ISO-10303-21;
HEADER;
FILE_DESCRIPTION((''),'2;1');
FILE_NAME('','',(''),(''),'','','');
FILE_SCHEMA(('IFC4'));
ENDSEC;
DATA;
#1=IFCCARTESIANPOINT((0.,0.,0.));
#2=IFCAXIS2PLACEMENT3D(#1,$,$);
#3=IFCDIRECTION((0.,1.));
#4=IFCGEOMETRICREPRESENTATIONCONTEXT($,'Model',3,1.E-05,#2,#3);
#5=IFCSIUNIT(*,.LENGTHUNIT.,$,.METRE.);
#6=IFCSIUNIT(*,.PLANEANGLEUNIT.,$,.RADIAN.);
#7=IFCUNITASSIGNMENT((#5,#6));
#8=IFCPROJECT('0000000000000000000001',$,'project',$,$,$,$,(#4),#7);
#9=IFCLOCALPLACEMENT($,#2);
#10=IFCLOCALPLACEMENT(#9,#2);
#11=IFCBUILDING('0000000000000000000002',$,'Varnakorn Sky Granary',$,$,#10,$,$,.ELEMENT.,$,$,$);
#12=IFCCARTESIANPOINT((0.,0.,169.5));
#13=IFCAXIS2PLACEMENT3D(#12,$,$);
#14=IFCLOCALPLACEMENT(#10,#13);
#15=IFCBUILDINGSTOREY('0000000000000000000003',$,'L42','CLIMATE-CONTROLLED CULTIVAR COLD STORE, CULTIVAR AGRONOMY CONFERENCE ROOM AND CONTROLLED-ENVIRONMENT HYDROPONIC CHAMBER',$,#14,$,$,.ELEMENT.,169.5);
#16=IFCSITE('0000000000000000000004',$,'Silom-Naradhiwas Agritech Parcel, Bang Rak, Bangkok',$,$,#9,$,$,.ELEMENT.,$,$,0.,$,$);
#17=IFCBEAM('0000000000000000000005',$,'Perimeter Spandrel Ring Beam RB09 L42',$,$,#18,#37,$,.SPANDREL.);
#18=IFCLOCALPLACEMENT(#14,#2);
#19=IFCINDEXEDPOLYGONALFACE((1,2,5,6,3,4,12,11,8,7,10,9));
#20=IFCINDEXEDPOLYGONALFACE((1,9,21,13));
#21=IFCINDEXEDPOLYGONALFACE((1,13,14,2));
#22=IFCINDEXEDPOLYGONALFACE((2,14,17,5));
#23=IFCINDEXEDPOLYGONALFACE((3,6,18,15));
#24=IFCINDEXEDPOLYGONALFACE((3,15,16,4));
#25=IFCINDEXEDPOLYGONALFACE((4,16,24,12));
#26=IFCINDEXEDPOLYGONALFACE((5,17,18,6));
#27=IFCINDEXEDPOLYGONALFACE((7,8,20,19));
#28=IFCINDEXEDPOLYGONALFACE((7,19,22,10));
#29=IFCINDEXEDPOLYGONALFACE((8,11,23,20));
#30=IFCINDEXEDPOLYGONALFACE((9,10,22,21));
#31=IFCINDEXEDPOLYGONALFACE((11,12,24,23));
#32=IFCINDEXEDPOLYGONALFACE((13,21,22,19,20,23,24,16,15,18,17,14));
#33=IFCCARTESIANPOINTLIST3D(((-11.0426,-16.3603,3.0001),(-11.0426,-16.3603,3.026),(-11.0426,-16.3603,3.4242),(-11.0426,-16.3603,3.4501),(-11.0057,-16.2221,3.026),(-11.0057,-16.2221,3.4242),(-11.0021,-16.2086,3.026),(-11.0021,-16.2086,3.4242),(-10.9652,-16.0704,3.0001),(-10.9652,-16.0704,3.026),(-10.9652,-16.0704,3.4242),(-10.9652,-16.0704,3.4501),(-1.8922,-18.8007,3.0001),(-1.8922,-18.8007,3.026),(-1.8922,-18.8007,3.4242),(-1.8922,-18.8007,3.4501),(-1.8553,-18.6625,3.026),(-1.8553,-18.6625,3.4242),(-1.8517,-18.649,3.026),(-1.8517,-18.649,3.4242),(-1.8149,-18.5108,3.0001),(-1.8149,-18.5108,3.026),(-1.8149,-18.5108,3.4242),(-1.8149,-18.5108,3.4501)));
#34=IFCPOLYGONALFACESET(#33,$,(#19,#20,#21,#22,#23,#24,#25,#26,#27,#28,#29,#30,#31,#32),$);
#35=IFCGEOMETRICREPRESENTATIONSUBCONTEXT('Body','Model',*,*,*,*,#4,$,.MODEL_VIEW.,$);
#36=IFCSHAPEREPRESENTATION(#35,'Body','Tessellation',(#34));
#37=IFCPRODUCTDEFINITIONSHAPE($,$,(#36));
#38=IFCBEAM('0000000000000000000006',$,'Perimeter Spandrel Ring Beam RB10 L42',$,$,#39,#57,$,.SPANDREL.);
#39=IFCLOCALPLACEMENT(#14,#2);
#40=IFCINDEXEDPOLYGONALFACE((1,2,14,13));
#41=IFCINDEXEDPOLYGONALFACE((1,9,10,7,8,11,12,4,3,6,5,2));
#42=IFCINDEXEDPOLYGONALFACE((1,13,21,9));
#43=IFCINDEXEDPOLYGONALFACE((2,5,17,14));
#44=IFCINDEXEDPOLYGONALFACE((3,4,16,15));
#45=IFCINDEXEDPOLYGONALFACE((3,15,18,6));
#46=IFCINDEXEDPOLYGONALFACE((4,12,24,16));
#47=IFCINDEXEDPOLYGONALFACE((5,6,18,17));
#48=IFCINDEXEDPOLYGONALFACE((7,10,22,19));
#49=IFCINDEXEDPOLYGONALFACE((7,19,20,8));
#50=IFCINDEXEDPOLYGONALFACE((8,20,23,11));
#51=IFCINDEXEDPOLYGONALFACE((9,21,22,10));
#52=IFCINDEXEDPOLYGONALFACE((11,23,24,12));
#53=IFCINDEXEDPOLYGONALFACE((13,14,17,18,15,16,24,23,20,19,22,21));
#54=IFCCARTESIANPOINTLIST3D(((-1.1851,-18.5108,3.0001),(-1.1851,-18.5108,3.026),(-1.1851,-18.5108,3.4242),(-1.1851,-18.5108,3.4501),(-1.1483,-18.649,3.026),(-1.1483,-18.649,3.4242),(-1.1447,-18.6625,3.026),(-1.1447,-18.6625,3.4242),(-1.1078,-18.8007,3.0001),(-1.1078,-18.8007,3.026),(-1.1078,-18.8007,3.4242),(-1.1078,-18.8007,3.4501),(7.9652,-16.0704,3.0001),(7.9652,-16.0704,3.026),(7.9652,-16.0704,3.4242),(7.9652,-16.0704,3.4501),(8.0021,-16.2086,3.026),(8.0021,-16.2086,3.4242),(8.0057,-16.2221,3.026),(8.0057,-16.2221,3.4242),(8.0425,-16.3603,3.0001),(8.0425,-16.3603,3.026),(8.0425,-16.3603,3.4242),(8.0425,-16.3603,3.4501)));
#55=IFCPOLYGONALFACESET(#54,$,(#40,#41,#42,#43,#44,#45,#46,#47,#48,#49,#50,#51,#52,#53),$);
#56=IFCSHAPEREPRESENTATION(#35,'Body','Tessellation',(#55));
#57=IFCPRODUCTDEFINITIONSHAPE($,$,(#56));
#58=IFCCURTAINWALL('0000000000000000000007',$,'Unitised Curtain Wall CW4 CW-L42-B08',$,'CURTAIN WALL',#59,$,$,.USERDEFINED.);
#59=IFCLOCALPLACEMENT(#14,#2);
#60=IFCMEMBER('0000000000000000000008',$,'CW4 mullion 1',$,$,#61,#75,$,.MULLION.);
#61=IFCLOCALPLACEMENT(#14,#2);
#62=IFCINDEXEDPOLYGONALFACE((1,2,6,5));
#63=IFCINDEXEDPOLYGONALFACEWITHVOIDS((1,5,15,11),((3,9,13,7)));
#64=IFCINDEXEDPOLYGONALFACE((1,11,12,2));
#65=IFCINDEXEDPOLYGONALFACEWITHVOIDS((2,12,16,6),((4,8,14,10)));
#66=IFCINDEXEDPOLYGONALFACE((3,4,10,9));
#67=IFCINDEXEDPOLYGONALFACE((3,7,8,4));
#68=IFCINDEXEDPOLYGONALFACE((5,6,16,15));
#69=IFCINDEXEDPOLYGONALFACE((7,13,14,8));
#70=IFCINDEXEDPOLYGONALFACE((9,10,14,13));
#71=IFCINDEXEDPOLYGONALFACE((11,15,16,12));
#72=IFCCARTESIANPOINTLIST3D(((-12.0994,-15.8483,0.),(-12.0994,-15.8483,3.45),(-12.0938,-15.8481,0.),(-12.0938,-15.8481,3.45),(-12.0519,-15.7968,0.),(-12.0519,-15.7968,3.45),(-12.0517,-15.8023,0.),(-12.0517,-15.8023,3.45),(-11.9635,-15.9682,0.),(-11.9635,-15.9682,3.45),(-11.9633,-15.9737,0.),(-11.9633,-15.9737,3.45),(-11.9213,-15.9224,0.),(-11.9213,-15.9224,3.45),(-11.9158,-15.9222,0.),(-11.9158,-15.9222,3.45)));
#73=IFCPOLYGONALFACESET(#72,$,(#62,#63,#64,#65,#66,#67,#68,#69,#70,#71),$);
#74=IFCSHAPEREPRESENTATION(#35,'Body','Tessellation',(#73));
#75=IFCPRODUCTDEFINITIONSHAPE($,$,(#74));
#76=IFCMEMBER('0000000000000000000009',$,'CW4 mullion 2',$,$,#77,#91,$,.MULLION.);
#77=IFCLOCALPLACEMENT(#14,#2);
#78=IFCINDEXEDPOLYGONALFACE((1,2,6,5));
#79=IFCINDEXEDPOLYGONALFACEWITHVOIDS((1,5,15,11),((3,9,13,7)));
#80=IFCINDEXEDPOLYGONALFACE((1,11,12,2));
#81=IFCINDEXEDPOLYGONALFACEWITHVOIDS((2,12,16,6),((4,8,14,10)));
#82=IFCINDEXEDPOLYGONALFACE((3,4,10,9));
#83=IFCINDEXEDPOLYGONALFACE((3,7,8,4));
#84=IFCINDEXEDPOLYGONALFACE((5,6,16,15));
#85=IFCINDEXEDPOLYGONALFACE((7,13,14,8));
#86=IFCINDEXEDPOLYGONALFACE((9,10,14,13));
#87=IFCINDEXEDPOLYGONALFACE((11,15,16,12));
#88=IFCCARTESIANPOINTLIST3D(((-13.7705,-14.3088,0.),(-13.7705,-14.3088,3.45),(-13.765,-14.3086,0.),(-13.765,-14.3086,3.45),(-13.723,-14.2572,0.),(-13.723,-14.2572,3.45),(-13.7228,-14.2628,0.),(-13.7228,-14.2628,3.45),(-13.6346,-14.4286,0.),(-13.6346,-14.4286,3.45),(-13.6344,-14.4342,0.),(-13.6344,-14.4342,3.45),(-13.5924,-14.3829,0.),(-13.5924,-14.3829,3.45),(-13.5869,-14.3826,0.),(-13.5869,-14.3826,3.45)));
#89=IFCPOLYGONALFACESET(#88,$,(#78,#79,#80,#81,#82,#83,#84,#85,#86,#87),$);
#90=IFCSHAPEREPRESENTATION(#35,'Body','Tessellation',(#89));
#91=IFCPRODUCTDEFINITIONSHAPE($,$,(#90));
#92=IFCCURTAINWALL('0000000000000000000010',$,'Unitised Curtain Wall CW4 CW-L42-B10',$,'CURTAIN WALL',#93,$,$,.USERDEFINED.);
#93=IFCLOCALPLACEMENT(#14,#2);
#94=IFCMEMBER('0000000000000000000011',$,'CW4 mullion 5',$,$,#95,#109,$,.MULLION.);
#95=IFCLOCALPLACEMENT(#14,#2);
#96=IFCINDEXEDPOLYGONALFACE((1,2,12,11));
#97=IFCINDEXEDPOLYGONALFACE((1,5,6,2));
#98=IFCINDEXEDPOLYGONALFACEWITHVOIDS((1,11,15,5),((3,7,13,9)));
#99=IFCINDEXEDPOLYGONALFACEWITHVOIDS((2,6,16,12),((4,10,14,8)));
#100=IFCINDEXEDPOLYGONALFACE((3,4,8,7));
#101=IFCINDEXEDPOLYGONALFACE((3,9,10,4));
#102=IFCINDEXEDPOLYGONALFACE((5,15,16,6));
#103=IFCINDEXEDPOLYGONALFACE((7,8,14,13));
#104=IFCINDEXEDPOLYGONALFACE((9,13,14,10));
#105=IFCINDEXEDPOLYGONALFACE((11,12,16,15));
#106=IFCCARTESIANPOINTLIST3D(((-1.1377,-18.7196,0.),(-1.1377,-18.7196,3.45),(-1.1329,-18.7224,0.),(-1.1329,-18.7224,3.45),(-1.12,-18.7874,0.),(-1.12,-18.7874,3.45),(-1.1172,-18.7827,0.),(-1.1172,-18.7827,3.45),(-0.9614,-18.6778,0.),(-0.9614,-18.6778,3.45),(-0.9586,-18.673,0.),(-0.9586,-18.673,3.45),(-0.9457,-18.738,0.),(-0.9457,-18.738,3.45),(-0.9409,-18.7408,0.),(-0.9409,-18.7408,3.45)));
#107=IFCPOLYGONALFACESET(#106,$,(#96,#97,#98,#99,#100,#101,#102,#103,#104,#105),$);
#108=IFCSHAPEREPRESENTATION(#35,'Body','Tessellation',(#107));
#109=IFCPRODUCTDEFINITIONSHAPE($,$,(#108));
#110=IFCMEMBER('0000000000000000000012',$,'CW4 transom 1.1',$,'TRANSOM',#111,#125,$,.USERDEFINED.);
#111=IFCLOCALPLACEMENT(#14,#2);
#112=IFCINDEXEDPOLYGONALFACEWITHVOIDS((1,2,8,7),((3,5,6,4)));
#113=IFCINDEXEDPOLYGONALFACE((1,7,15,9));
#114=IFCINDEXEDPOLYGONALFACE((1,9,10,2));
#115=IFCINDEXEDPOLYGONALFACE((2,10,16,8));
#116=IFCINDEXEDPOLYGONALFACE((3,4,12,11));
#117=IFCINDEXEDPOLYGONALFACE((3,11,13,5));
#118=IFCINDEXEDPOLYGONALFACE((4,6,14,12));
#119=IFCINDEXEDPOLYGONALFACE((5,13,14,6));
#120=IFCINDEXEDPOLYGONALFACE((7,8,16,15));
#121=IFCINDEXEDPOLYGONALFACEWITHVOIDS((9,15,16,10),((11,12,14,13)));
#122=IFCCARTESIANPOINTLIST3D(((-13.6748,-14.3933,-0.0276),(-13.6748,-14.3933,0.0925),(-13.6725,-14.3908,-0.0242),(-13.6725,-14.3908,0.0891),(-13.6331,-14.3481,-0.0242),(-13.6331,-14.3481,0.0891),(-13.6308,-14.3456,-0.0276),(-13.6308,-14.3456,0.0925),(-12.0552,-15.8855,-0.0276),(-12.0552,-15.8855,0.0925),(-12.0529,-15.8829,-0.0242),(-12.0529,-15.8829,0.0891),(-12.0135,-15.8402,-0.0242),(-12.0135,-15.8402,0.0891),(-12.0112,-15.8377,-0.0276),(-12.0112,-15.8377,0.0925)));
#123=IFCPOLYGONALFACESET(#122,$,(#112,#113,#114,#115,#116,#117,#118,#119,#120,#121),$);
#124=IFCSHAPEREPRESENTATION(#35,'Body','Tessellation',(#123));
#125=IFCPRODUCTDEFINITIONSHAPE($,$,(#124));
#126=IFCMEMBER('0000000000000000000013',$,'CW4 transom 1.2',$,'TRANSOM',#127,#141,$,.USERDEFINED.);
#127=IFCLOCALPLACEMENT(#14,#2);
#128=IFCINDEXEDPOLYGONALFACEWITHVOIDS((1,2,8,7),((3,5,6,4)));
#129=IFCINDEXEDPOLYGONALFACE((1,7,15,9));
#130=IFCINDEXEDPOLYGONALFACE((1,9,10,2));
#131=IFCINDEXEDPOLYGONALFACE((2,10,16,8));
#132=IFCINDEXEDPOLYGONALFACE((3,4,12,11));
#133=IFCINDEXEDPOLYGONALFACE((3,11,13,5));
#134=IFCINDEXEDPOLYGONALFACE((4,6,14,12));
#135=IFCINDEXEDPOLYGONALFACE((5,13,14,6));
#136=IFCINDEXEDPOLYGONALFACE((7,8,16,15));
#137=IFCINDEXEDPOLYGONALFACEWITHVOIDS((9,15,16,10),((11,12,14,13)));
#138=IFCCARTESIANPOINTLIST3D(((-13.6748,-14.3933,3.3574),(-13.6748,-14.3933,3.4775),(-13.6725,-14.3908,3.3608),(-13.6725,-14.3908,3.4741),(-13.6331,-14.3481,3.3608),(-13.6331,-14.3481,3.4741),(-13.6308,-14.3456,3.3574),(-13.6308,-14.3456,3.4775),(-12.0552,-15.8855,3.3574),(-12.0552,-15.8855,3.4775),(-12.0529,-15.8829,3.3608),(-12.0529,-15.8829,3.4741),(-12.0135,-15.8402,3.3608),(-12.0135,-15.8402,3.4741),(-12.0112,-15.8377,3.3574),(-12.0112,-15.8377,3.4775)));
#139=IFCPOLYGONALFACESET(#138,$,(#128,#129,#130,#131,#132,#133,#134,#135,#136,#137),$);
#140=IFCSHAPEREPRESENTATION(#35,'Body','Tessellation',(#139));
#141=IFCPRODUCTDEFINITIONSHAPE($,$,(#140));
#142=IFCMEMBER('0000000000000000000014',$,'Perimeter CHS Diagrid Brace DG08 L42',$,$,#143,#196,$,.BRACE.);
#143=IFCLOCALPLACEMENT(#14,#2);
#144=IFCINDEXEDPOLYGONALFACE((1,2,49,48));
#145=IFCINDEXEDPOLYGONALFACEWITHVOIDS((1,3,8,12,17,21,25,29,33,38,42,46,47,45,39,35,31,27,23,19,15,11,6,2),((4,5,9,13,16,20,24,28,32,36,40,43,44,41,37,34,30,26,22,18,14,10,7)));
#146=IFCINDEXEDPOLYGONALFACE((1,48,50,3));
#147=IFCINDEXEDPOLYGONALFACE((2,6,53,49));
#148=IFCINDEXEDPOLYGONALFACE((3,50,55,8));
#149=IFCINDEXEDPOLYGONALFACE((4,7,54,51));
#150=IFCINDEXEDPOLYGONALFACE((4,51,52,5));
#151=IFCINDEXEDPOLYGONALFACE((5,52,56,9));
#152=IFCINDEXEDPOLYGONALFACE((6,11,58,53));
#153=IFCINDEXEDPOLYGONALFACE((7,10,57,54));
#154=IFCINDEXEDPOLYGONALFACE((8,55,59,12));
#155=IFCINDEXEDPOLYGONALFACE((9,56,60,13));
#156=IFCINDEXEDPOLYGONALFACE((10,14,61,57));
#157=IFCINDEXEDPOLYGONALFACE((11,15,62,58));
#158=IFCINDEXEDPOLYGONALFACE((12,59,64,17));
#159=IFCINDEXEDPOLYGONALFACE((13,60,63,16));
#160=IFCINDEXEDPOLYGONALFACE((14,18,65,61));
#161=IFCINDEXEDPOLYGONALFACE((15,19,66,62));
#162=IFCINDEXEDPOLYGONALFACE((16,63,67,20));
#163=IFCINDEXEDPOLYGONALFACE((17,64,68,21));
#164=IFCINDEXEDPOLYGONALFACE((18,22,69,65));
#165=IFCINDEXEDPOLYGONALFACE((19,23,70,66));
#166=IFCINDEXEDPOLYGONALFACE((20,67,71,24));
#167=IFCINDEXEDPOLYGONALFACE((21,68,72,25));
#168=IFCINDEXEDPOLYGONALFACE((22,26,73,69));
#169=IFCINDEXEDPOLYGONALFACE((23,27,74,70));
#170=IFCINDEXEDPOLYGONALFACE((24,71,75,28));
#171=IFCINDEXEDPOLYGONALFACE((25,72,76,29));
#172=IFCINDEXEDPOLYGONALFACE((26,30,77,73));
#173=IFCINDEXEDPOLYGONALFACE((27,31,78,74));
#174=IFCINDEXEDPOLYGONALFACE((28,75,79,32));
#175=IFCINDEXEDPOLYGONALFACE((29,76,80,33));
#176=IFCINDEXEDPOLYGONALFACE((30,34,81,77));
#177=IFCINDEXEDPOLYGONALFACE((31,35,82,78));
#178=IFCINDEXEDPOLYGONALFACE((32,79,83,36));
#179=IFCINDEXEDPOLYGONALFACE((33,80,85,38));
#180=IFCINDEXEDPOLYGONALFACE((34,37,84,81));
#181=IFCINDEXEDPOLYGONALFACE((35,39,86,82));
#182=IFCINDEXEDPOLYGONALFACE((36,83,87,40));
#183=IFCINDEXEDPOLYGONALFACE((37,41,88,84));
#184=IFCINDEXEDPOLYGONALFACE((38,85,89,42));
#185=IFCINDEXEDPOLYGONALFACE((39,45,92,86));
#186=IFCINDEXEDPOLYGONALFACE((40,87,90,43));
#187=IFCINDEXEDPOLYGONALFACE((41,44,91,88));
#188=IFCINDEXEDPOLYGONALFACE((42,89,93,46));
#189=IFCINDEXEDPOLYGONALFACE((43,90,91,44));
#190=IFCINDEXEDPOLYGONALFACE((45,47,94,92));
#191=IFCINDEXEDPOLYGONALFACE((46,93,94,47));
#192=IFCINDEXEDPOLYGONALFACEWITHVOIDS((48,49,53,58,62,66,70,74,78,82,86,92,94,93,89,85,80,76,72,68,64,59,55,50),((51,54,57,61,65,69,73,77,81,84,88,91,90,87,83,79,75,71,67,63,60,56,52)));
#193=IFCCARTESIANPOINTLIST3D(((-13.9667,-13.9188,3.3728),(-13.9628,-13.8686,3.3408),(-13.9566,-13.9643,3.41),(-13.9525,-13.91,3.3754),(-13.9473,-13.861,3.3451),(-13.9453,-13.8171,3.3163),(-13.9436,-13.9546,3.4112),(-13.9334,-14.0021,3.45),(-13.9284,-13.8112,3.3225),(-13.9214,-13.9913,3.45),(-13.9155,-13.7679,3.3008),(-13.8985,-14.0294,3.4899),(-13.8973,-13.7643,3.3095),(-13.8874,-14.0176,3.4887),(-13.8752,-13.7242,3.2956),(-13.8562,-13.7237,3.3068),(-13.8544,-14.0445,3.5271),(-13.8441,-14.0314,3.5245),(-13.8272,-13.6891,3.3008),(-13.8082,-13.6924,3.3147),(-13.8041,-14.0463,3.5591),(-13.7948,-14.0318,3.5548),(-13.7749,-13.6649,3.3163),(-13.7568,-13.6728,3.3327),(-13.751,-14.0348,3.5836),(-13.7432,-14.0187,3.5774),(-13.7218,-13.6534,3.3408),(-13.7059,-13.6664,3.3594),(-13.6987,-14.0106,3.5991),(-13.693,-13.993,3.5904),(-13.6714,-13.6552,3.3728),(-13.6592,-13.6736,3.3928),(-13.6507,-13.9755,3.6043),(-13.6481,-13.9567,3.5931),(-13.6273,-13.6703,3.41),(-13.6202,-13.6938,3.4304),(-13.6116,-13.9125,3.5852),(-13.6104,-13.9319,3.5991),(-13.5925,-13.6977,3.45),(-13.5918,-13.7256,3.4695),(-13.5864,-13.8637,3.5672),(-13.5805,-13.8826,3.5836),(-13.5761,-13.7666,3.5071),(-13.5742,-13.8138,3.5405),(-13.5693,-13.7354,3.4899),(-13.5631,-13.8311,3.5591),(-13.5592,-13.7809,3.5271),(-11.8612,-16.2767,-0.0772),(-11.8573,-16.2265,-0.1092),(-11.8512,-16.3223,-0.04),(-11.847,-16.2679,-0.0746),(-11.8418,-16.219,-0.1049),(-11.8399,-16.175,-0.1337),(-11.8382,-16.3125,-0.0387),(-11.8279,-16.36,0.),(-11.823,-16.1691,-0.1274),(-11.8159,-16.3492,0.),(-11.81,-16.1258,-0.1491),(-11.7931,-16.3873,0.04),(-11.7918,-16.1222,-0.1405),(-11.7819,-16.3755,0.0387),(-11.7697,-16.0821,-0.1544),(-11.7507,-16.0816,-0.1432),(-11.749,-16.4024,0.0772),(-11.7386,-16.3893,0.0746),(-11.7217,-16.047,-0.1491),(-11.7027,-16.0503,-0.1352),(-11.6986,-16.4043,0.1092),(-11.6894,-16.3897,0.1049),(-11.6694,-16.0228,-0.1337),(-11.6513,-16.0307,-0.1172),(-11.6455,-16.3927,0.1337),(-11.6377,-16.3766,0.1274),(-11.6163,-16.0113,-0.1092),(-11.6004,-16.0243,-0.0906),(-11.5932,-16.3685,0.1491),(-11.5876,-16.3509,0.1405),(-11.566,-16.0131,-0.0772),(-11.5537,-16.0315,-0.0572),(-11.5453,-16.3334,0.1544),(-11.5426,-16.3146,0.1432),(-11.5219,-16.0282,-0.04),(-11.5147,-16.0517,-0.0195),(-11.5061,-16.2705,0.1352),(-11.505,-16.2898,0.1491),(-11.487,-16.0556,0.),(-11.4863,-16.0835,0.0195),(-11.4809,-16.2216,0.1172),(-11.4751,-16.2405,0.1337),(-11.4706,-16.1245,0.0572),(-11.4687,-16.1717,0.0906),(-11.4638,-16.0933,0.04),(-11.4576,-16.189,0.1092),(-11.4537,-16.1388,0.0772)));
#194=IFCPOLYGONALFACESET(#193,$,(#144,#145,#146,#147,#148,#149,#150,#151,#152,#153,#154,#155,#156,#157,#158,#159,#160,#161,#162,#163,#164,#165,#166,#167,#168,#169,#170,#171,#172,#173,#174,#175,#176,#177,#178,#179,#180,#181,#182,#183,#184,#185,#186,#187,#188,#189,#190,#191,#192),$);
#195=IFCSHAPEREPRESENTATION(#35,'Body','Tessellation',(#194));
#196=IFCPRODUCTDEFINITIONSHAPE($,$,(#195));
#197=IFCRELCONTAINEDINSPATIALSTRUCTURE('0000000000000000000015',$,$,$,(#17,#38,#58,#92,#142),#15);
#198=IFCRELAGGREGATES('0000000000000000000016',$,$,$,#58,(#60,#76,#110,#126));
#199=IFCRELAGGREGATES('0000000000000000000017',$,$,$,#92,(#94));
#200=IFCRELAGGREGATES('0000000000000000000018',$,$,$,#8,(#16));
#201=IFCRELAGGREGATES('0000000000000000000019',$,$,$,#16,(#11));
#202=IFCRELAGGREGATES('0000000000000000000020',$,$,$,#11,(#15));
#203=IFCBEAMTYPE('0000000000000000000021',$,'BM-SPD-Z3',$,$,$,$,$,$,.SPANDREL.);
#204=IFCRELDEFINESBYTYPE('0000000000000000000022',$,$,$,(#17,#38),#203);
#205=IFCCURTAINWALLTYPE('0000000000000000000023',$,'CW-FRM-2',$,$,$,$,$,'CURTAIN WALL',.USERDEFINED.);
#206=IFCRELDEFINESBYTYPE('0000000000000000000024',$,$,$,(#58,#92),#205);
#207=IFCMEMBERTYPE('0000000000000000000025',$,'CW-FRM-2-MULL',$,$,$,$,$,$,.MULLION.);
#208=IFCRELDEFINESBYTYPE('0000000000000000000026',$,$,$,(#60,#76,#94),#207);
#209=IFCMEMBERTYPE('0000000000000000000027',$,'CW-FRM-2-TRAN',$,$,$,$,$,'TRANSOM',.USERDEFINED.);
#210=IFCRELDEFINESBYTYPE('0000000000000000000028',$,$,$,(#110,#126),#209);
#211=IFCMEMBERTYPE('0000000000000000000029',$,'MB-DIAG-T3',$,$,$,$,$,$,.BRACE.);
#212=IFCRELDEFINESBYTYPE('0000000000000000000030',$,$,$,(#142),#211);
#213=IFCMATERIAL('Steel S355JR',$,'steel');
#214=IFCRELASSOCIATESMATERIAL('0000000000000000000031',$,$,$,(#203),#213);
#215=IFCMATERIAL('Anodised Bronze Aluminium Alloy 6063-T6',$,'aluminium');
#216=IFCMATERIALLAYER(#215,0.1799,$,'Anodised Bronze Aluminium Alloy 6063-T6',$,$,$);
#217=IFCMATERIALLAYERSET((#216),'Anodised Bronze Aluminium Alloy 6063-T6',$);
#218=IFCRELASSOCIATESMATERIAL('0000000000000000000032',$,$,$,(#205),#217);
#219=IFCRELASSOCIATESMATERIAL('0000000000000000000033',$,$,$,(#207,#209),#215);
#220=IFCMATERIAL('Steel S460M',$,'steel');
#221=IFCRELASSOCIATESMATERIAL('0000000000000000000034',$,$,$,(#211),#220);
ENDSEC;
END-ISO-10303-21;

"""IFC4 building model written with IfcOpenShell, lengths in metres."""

from ifc_helpers import new_model, si_unit, direction, frame, origin, origin_2d, place, context, subcontext, project, spatial, hollow_rectangle, hollow_circle, i_section, extrude, material, layer, layer_set, material_profile, profile_set, type_object, element, aggregate, save


model = new_model("IFC4")

# Units and contexts
model_context = context("Model", 3, precision=1e-05, world=origin(), true_north=direction((0.0, 1.0)))
body_context = subcontext(model_context, "Body", "Model", "MODEL_VIEW")
ifc_project = project(units=[si_unit("LENGTHUNIT", "METRE"), si_unit("PLANEANGLEUNIT", "RADIAN")], contexts=[model_context])

# Site, building, storey
site_placement = place(None, origin())
site = spatial("IfcSite", under=ifc_project, at=site_placement, Name="Silom-Naradhiwas Agritech Parcel, Bang Rak, Bangkok", CompositionType="ELEMENT", RefElevation=0.0)
building_placement = place(site_placement, origin())
building = spatial("IfcBuilding", under=site, at=building_placement, Name="Varnakorn Sky Granary", CompositionType="ELEMENT")
storey_placement = place(building_placement, frame((0.0, 0.0, 169.5)))
storey = spatial("IfcBuildingStorey", under=building, at=storey_placement, Name="L42", Description="CLIMATE-CONTROLLED CULTIVAR COLD STORE, CULTIVAR AGRONOMY CONFERENCE ROOM AND CONTROLLED-ENVIRONMENT HYDROPONIC CHAMBER", CompositionType="ELEMENT", Elevation=169.5)

# Shared definitions
ifc_material_1 = material(Name="Steel S460M", Category="steel")

# Beams
ifc_material_2 = material(Name="Steel S355JR", Category="steel")
ifc_material_profile_1 = material_profile(ifc_material_2, i_section(OverallWidth=0.3, OverallDepth=0.45, WebThickness=0.0139, FlangeThickness=0.0259, at=origin_2d()), Name="HE 450 B")
ifc_profile_set_1 = profile_set([ifc_material_profile_1], Name="Steel S355JR")
beam_type_1 = type_object("IfcBeamType", Name="BM-SPD-Z3", PredefinedType="SPANDREL", material=ifc_profile_set_1)
for number, where, z_axis, x_axis, name in (
    (1, (-11.0039, -16.2153, 3.2251), (0.966226, -0.257695, 0.0), (0.257695, 0.966226, 0.0), "Perimeter Spandrel Ring Beam RB09 L42"),
    (2, (-1.1465, -18.6558, 3.2251), (0.966226, 0.257695, 0.0), (-0.257695, 0.966226, 0.0), "Perimeter Spandrel Ring Beam RB10 L42"),
):
    element("IfcBeam", number, at=place(storey_placement, frame(where, z_axis=z_axis, x_axis=x_axis)), inside=storey, type_object=beam_type_1, Name=name, PredefinedType="SPANDREL", context=body_context, shape_type="SweptSolid", body=[
        extrude(i_section(OverallWidth=0.3, OverallDepth=0.45, WebThickness=0.0139, FlangeThickness=0.0259, at=origin_2d()), origin(), (0.0, 0.0, 1.0), 9.4702),
    ])

# Curtain wall, members
ifc_material_3 = material(Name="Anodised Bronze Aluminium Alloy 6063-T6", Category="aluminium")
ifc_layer_1 = layer(ifc_material_3, 0.1799, Name="Anodised Bronze Aluminium Alloy 6063-T6")
ifc_layer_set_1 = layer_set([ifc_layer_1], Name="Anodised Bronze Aluminium Alloy 6063-T6")
curtain_wall_type = type_object("IfcCurtainWallType", Name="CW-FRM-2", ElementType="CURTAIN WALL", PredefinedType="USERDEFINED", material=ifc_layer_set_1)
curtain_wall_1_placement = place(storey_placement, origin())
curtain_wall_1 = element("IfcCurtainWall", 3, at=curtain_wall_1_placement, inside=storey, type_object=curtain_wall_type, Name="Unitised Curtain Wall CW4 CW-L42-B08", ObjectType="CURTAIN WALL", PredefinedType="USERDEFINED")
ifc_material_profile_2 = material_profile(ifc_material_3, hollow_rectangle(XDim=0.0701, YDim=0.1851, WallThickness=0.0039, at=origin_2d()), Name="ALU MULL 70x185")
ifc_profile_set_2 = profile_set([ifc_material_profile_2], Name="Anodised Bronze Aluminium Alloy 6063-T6")
member_type_1 = type_object("IfcMemberType", Name="CW-FRM-2-MULL", PredefinedType="MULLION", material=ifc_profile_set_2)
member_1_placement = place(storey_placement, frame((-12.0076, -15.8853, 0.0), z_axis=(0.0, 0.0, 1.0), x_axis=(-0.677548, -0.735479, 0.0)))
member_1 = element("IfcMember", 4, at=member_1_placement, type_object=member_type_1, Name="CW4 mullion 1", PredefinedType="MULLION", context=body_context, shape_type="SweptSolid", body=[
    extrude(hollow_rectangle(XDim=0.0701, YDim=0.1851, WallThickness=0.0039, at=origin_2d()), origin(), (0.0, 0.0, 1.0), 3.45),
])
member_2_placement = place(storey_placement, frame((-13.6787, -14.3457, 0.0), z_axis=(0.0, 0.0, 1.0), x_axis=(-0.677548, -0.735479, 0.0)))
member_2 = element("IfcMember", 5, at=member_2_placement, type_object=member_type_1, Name="CW4 mullion 2", PredefinedType="MULLION", context=body_context, shape_type="SweptSolid", body=[
    extrude(hollow_rectangle(XDim=0.0701, YDim=0.1851, WallThickness=0.0039, at=origin_2d()), origin(), (0.0, 0.0, 1.0), 3.45),
])

# Curtain wall, member
curtain_wall_2_placement = place(storey_placement, origin())
curtain_wall_2 = element("IfcCurtainWall", 6, at=curtain_wall_2_placement, inside=storey, type_object=curtain_wall_type, Name="Unitised Curtain Wall CW4 CW-L42-B10", ObjectType="CURTAIN WALL", PredefinedType="USERDEFINED")
member_3_placement = place(storey_placement, frame((-1.0393, -18.7302, 0.0), z_axis=(0.0, 0.0, 1.0), x_axis=(0.251759, -0.96779, 0.0)))
member_3 = element("IfcMember", 7, at=member_3_placement, type_object=member_type_1, Name="CW4 mullion 5", PredefinedType="MULLION", context=body_context, shape_type="SweptSolid", body=[
    extrude(hollow_rectangle(XDim=0.0701, YDim=0.1851, WallThickness=0.0039, at=origin_2d()), origin(), (0.0, 0.0, 1.0), 3.45),
])

# Members
ifc_material_profile_3 = material_profile(ifc_material_3, hollow_rectangle(XDim=0.0649, YDim=0.1201, WallThickness=0.0034, at=origin_2d()), Name="ALU TRAN 65x120")
ifc_profile_set_3 = profile_set([ifc_material_profile_3], Name="Anodised Bronze Aluminium Alloy 6063-T6")
member_type_2 = type_object("IfcMemberType", Name="CW-FRM-2-TRAN", ElementType="TRANSOM", PredefinedType="USERDEFINED", material=ifc_profile_set_3)
member_4_placement = place(storey_placement, frame((-12.0332, -15.8616, 0.0325), z_axis=(-0.735449, 0.67758, 0.0), x_axis=(-0.67758, -0.735449, 0.0)))
member_4 = element("IfcMember", 8, at=member_4_placement, type_object=member_type_2, Name="CW4 transom 1.1", ObjectType="TRANSOM", PredefinedType="USERDEFINED", context=body_context, shape_type="SweptSolid", body=[
    extrude(hollow_rectangle(XDim=0.0649, YDim=0.1201, WallThickness=0.0034, at=origin_2d()), origin(), (0.0, 0.0, 1.0), 2.2021),
])
member_5_placement = place(storey_placement, frame((-12.0332, -15.8616, 3.4175), z_axis=(-0.735449, 0.67758, 0.0), x_axis=(-0.67758, -0.735449, 0.0)))
member_5 = element("IfcMember", 9, at=member_5_placement, type_object=member_type_2, Name="CW4 transom 1.2", ObjectType="TRANSOM", PredefinedType="USERDEFINED", context=body_context, shape_type="SweptSolid", body=[
    extrude(hollow_rectangle(XDim=0.0649, YDim=0.1201, WallThickness=0.0034, at=origin_2d()), origin(), (0.0, 0.0, 1.0), 2.2021),
])

# Member
ifc_material_profile_4 = material_profile(ifc_material_1, hollow_circle(Radius=0.2285, WallThickness=0.0161, at=origin_2d()), Name="CHS 457x16")
ifc_profile_set_4 = profile_set([ifc_material_profile_4], Name="Steel S460M")
member_type_3 = type_object("IfcMemberType", Name="MB-DIAG-T3", PredefinedType="BRACE", material=ifc_profile_set_4)
member_6_placement = place(storey_placement, frame((-11.6575, -16.2078, 0.0), z_axis=(-0.449964, 0.503913, 0.737295), x_axis=(-0.745908, -0.66605, 0.0)))
element("IfcMember", 10, at=member_6_placement, inside=storey, type_object=member_type_3, Name="Perimeter CHS Diagrid Brace DG08 L42", PredefinedType="BRACE", context=body_context, shape_type="SweptSolid", body=[
    extrude(hollow_circle(Radius=0.2285, WallThickness=0.0161, at=origin_2d()), origin(), (0.0, 0.0, 1.0), 4.6792),
])

aggregate(curtain_wall_1, [member_1, member_2, member_4, member_5])
aggregate(curtain_wall_2, [member_3])

save(model, "model.ifc")
